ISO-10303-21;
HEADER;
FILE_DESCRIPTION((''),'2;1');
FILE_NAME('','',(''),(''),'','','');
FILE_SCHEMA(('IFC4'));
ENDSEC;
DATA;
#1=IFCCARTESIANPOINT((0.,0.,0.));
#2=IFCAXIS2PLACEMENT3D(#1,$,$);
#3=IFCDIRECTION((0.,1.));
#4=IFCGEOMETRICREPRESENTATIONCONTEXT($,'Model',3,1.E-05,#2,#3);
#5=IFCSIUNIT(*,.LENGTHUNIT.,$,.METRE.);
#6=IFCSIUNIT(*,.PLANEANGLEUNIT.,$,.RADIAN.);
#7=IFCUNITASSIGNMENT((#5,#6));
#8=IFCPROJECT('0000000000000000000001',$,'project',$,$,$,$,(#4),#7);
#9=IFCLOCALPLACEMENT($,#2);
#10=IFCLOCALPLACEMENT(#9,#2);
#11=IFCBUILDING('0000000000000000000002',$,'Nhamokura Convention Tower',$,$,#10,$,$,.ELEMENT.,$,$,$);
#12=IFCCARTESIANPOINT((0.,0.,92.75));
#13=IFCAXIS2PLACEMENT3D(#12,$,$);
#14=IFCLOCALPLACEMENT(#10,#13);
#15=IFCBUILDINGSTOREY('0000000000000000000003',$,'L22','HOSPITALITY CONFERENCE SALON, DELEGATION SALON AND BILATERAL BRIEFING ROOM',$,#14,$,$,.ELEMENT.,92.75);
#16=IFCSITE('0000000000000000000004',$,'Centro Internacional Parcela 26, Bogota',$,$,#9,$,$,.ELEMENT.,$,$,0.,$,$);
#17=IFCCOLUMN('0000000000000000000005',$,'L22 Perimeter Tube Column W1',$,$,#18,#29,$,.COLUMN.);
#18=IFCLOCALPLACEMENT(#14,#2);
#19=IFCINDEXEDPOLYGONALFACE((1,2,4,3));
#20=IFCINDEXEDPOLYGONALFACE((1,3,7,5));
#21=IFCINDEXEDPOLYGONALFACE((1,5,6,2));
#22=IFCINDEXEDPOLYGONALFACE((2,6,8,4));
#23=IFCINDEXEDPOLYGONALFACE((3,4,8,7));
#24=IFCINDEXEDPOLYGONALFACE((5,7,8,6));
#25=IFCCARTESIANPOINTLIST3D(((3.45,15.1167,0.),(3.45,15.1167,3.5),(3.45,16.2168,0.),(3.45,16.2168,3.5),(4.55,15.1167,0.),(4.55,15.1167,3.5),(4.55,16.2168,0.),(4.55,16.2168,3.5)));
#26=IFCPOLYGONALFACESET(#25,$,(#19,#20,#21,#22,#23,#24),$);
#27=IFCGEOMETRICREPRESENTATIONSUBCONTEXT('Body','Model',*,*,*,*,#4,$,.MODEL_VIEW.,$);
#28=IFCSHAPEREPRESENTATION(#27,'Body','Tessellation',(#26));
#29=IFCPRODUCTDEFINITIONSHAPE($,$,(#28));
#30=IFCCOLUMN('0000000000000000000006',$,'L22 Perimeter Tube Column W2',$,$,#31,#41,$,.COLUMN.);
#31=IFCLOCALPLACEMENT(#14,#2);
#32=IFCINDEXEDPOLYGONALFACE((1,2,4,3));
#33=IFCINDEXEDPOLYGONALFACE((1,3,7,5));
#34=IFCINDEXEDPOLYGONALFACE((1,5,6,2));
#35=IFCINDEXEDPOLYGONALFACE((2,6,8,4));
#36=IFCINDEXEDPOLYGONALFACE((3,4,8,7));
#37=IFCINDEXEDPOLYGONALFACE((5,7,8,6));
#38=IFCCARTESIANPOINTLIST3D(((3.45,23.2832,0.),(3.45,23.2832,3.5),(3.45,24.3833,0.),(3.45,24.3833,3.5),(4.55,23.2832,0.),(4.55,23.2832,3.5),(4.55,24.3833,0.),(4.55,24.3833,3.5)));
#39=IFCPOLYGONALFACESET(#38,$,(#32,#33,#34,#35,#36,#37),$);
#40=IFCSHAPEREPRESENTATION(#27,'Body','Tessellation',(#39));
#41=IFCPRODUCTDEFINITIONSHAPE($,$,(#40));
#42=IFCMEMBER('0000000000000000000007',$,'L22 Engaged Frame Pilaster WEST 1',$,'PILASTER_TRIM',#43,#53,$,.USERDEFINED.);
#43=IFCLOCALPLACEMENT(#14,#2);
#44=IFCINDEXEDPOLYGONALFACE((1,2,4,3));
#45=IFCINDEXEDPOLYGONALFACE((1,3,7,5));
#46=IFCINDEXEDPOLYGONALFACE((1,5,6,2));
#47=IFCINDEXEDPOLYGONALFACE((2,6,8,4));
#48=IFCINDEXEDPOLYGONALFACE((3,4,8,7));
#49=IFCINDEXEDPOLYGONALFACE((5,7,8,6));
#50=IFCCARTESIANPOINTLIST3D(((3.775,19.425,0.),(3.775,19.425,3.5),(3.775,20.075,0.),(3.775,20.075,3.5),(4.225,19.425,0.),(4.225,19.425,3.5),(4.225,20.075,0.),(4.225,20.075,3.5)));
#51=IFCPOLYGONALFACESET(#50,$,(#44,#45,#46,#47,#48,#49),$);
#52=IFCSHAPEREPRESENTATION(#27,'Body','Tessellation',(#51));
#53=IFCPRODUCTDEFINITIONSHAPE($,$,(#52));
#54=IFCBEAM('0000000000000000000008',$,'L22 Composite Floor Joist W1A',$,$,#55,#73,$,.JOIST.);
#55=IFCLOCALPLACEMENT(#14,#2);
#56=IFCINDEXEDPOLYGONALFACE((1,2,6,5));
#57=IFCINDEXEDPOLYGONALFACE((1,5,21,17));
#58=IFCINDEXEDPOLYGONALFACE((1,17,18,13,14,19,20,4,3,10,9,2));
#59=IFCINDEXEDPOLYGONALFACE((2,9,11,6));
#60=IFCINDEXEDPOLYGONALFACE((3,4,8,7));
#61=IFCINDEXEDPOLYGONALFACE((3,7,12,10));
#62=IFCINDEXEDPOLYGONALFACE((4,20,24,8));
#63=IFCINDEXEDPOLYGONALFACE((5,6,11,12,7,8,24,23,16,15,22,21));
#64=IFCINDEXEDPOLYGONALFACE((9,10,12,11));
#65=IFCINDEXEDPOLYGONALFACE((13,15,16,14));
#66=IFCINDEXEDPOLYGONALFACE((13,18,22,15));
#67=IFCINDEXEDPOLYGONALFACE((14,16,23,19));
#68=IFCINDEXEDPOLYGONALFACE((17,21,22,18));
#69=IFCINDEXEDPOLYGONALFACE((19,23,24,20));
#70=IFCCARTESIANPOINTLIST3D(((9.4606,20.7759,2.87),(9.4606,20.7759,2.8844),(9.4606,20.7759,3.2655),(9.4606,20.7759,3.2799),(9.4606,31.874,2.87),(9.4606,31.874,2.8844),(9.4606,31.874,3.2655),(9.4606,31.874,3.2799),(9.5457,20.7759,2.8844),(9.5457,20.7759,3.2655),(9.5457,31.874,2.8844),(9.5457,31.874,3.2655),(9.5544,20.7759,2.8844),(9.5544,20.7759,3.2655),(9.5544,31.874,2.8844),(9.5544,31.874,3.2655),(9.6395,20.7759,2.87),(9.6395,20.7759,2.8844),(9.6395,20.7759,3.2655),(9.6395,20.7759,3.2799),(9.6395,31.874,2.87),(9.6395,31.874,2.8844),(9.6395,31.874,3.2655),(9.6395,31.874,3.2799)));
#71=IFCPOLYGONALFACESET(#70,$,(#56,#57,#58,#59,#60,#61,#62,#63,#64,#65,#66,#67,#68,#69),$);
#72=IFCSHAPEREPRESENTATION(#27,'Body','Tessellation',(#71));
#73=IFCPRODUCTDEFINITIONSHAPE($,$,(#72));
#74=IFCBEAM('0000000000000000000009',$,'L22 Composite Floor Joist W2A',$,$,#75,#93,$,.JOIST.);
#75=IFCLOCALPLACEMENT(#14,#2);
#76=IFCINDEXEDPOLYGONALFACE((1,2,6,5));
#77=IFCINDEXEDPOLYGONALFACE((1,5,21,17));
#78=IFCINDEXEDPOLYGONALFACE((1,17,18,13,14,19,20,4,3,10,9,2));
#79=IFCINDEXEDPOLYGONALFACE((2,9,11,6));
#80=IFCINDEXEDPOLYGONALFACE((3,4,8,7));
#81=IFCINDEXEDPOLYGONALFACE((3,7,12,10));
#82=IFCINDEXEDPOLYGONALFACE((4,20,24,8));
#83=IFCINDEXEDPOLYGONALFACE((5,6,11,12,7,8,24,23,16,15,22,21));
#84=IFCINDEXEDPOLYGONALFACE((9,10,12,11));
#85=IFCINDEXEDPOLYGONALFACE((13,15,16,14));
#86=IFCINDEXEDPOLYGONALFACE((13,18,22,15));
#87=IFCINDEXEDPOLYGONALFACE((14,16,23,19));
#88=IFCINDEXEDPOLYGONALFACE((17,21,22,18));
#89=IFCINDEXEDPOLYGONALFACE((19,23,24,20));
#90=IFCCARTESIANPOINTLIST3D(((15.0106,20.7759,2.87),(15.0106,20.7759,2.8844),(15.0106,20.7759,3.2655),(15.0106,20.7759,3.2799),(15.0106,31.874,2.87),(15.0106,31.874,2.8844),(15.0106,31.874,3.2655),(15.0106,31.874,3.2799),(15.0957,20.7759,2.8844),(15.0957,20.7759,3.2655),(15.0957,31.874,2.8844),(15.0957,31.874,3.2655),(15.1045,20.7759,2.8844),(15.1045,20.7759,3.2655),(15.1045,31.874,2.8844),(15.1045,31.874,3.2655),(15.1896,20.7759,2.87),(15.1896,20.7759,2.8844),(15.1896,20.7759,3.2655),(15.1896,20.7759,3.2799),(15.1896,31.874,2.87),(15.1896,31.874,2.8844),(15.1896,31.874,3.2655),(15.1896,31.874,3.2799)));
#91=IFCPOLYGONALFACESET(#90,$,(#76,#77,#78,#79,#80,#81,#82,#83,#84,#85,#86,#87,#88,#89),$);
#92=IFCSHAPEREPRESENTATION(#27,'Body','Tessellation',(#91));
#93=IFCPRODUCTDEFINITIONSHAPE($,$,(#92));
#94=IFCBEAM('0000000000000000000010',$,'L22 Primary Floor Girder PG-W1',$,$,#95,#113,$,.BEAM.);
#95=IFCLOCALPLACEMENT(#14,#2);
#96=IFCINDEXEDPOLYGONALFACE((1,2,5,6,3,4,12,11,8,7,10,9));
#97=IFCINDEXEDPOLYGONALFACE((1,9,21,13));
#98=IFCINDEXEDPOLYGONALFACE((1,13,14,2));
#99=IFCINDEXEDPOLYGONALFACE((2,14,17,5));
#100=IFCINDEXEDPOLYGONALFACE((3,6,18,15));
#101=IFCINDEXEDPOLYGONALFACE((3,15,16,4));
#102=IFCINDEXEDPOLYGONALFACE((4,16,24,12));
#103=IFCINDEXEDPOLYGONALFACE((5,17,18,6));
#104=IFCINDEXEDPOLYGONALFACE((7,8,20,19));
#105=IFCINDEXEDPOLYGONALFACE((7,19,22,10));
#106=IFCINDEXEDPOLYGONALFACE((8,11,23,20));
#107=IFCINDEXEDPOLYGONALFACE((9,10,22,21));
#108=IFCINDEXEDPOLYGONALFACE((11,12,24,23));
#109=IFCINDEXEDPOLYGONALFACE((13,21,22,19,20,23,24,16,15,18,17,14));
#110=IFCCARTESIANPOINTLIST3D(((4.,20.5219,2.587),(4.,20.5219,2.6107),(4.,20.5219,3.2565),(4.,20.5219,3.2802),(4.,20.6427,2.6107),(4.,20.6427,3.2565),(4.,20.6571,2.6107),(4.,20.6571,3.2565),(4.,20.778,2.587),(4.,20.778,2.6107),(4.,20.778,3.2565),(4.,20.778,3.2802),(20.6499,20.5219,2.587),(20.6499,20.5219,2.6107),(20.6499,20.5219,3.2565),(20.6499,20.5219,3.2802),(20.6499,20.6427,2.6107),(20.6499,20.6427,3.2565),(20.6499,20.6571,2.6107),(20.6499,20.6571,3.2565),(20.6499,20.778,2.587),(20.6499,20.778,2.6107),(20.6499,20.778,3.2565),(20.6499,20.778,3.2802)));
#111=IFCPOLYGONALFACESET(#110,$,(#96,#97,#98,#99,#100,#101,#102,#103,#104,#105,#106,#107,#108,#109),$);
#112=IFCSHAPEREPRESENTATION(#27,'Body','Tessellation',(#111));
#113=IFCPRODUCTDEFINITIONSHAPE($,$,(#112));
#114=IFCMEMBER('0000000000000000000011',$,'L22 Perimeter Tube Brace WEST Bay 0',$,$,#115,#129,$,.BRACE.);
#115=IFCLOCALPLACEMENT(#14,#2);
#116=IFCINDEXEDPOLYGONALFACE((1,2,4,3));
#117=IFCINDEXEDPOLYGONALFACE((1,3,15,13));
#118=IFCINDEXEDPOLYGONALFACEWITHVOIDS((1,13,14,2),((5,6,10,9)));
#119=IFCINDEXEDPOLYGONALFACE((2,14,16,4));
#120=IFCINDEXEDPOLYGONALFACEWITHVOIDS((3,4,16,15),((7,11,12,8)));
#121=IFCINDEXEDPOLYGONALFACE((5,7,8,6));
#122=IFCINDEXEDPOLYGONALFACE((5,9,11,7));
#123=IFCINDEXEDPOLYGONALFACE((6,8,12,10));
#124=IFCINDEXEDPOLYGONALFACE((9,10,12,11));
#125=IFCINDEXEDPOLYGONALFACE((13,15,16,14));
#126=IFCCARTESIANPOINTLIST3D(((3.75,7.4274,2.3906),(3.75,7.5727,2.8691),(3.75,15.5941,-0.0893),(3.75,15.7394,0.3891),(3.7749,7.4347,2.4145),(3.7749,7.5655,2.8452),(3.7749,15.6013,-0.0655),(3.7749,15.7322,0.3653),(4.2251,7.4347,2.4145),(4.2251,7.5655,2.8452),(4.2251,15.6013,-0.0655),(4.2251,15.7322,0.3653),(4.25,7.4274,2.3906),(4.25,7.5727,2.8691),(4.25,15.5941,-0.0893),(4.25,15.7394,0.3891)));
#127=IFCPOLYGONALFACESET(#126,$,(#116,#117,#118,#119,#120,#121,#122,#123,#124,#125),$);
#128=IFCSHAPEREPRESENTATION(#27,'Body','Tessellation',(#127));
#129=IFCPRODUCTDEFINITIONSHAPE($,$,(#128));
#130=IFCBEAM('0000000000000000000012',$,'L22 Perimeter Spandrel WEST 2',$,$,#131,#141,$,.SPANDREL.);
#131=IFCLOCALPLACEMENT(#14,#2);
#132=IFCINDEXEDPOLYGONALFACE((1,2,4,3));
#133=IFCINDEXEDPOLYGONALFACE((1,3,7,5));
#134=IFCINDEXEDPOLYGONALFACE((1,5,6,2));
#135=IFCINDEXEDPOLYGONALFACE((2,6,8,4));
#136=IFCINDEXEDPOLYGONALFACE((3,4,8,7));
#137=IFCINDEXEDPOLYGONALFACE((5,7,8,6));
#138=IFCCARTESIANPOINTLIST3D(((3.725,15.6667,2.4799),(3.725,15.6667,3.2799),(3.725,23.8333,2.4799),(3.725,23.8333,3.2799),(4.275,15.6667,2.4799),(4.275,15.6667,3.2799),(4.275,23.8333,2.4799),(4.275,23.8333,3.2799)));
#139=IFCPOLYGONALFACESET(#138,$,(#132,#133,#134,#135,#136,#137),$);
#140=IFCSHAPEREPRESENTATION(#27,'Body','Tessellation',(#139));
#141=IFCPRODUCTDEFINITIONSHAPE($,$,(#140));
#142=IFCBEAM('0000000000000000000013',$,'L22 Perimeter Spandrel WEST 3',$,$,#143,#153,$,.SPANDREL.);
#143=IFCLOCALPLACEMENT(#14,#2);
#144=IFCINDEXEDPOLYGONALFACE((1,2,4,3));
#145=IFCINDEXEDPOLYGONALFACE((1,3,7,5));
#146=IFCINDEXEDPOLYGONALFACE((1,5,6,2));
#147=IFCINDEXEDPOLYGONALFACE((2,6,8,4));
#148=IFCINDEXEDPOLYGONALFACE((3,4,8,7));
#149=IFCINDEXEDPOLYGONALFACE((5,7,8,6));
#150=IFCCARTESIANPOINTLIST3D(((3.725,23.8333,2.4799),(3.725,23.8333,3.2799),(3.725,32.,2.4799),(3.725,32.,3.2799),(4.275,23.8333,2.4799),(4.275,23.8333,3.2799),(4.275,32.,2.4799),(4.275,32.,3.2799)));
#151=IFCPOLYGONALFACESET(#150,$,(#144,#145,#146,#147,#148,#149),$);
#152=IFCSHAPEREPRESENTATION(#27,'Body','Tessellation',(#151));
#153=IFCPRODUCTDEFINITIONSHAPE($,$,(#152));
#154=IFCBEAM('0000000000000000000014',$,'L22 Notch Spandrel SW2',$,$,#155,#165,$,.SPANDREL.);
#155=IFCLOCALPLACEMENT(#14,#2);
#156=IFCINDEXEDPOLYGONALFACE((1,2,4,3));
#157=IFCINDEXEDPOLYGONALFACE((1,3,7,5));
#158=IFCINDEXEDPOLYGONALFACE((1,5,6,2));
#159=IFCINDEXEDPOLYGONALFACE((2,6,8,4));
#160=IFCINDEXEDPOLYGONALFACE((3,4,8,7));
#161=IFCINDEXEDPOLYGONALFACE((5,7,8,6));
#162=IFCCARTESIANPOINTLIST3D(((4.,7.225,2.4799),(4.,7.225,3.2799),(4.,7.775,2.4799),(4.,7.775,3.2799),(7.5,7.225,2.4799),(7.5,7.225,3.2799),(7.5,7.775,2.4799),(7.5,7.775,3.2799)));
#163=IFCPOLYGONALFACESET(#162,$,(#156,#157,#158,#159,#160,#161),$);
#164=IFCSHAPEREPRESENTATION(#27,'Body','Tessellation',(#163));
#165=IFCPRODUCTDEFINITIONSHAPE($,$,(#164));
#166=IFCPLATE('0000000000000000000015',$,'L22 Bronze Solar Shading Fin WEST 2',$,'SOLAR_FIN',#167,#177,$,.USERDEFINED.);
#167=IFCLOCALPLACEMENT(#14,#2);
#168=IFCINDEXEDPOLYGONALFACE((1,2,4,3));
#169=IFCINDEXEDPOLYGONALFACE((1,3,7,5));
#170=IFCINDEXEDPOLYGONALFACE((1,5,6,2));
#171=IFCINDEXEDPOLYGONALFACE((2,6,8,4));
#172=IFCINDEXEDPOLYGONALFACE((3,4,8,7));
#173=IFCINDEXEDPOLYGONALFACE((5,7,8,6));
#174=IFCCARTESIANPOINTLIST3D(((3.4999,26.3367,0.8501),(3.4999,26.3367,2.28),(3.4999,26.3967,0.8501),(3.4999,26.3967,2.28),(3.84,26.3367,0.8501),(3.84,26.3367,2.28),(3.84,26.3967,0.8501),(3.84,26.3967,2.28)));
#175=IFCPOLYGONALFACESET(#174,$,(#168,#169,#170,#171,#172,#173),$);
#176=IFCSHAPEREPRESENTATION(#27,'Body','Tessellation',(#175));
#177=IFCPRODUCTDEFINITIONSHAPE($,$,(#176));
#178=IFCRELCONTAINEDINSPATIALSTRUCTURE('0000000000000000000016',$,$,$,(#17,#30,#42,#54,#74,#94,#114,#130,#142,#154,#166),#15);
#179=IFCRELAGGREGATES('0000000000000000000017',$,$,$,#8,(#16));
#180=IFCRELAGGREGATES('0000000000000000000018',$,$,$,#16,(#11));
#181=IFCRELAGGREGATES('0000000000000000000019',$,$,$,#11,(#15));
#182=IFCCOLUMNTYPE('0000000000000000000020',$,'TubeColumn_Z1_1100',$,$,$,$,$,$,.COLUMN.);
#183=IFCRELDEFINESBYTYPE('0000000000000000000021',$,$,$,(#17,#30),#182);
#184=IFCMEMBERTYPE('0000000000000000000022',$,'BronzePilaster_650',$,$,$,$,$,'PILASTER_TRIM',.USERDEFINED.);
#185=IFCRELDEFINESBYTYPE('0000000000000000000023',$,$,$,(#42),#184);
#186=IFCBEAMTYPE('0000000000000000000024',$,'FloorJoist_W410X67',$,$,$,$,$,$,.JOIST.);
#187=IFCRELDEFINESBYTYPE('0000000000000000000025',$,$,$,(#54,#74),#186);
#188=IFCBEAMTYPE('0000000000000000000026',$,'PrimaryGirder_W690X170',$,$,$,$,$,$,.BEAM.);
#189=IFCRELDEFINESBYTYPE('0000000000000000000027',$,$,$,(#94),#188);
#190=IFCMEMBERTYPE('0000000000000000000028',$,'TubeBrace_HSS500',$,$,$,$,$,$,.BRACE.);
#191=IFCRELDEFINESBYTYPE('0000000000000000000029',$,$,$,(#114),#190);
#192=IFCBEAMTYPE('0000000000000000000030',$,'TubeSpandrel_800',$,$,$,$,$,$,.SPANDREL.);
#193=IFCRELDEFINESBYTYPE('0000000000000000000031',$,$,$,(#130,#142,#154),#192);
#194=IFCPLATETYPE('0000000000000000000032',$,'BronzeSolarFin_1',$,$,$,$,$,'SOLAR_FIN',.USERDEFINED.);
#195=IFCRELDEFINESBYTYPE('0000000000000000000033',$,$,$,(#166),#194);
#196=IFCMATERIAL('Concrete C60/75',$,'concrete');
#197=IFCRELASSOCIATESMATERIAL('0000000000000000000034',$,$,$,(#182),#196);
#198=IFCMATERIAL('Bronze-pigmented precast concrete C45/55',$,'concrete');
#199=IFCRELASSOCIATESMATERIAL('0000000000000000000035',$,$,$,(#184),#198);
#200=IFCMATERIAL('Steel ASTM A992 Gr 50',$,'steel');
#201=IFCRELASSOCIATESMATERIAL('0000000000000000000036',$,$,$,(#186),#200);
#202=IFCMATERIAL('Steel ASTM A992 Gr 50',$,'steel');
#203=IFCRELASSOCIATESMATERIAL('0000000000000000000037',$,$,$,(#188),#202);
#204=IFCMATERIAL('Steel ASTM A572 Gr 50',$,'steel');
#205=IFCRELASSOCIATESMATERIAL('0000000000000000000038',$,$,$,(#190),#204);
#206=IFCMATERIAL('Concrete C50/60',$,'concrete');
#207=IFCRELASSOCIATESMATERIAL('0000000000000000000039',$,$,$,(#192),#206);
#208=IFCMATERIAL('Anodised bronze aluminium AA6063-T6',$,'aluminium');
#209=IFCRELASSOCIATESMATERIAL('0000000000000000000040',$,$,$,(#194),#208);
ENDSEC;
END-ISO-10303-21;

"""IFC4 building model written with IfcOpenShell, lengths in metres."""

from ifc_helpers import new_model, si_unit, direction, frame, origin, origin_2d, place, context, subcontext, project, spatial, rectangle, hollow_rectangle, i_section, extrude, material, material_profile, profile_set, type_object, element, save


model = new_model("IFC4")

# Units and contexts
model_context = context("Model", 3, precision=1e-05, world=origin(), true_north=direction((0.0, 1.0)))
body_context = subcontext(model_context, "Body", "Model", "MODEL_VIEW")
ifc_project = project(units=[si_unit("LENGTHUNIT", "METRE"), si_unit("PLANEANGLEUNIT", "RADIAN")], contexts=[model_context])

# Site, building, storey
site_placement = place(None, origin())
site = spatial("IfcSite", under=ifc_project, at=site_placement, Name="Centro Internacional Parcela 26, Bogota", CompositionType="ELEMENT", RefElevation=0.0)
building_placement = place(site_placement, origin())
building = spatial("IfcBuilding", under=site, at=building_placement, Name="Nhamokura Convention Tower", CompositionType="ELEMENT")
storey_placement = place(building_placement, frame((0.0, 0.0, 92.75)))
storey = spatial("IfcBuildingStorey", under=building, at=storey_placement, Name="L22", Description="HOSPITALITY CONFERENCE SALON, DELEGATION SALON AND BILATERAL BRIEFING ROOM", CompositionType="ELEMENT", Elevation=92.75)

# Columns
ifc_material_1 = material(Name="Concrete C60/75", Category="concrete")
ifc_material_profile_1 = material_profile(ifc_material_1, rectangle(XDim=1.1001, YDim=1.1001, at=origin_2d()))
ifc_profile_set_1 = profile_set([ifc_material_profile_1], Name="Concrete C60/75")
column_type = type_object("IfcColumnType", Name="TubeColumn_Z1_1100", PredefinedType="COLUMN", material=ifc_profile_set_1)
for number, where, z_axis, x_axis, name in (
    (1, (4.0, 15.6667, 0.0), (0.0, 0.0, 1.0), (1.0, 0.0, 0.0), "L22 Perimeter Tube Column W1"),
    (2, (4.0, 23.8333, 0.0), (0.0, 0.0, 1.0), (1.0, 0.0, 0.0), "L22 Perimeter Tube Column W2"),
):
    element("IfcColumn", number, at=place(storey_placement, frame(where, z_axis=z_axis, x_axis=x_axis)), inside=storey, type_object=column_type, Name=name, PredefinedType="COLUMN", context=body_context, shape_type="SweptSolid", body=[
        extrude(rectangle(XDim=1.1001, YDim=1.1001, at=origin_2d()), origin(), (0.0, 0.0, 1.0), 3.5),
    ])

# Member
ifc_material_2 = material(Name="Bronze-pigmented precast concrete C45/55", Category="concrete")
ifc_material_profile_2 = material_profile(ifc_material_2, rectangle(XDim=0.45, YDim=0.6499, at=origin_2d()))
ifc_profile_set_2 = profile_set([ifc_material_profile_2], Name="Bronze-pigmented precast concrete C45/55")
member_type_1 = type_object("IfcMemberType", Name="BronzePilaster_650", ElementType="PILASTER_TRIM", PredefinedType="USERDEFINED", material=ifc_profile_set_2)
member_1_placement = place(storey_placement, frame((4.0, 19.75, 0.0), z_axis=(0.0, 0.0, 1.0), x_axis=(1.0, 0.0, 0.0)))
element("IfcMember", 3, at=member_1_placement, inside=storey, type_object=member_type_1, Name="L22 Engaged Frame Pilaster WEST 1", ObjectType="PILASTER_TRIM", PredefinedType="USERDEFINED", context=body_context, shape_type="SweptSolid", body=[
    extrude(rectangle(XDim=0.45, YDim=0.6499, at=origin_2d()), origin(), (0.0, 0.0, 1.0), 3.5),
])

# Beams
ifc_material_3 = material(Name="Steel ASTM A992 Gr 50", Category="steel")
ifc_material_profile_3 = material_profile(ifc_material_3, i_section(OverallWidth=0.179, OverallDepth=0.4099, WebThickness=0.0088, FlangeThickness=0.0144, at=origin_2d()))
ifc_profile_set_3 = profile_set([ifc_material_profile_3], Name="Steel ASTM A992 Gr 50")
beam_type_1 = type_object("IfcBeamType", Name="FloorJoist_W410X67", PredefinedType="JOIST", material=ifc_profile_set_3)
for number, where, z_axis, x_axis, name in (
    (4, (9.55, 20.7759, 3.075), (0.0, 1.0, 0.0), (-1.0, 0.0, 0.0), "L22 Composite Floor Joist W1A"),
    (5, (15.1001, 20.7759, 3.075), (0.0, 1.0, 0.0), (-1.0, 0.0, 0.0), "L22 Composite Floor Joist W2A"),
):
    element("IfcBeam", number, at=place(storey_placement, frame(where, z_axis=z_axis, x_axis=x_axis)), inside=storey, type_object=beam_type_1, Name=name, PredefinedType="JOIST", context=body_context, shape_type="SweptSolid", body=[
        extrude(i_section(OverallWidth=0.179, OverallDepth=0.4099, WebThickness=0.0088, FlangeThickness=0.0144, at=origin_2d()), origin(), (0.0, 0.0, 1.0), 11.0981),
    ])
ifc_material_4 = material(Name="Steel ASTM A992 Gr 50", Category="steel")
ifc_material_profile_4 = material_profile(ifc_material_4, i_section(OverallWidth=0.2561, OverallDepth=0.6931, WebThickness=0.0144, FlangeThickness=0.0237, at=origin_2d()))
ifc_profile_set_4 = profile_set([ifc_material_profile_4], Name="Steel ASTM A992 Gr 50")
beam_type_2 = type_object("IfcBeamType", Name="PrimaryGirder_W690X170", PredefinedType="BEAM", material=ifc_profile_set_4)
beam_1_placement = place(storey_placement, frame((4.0, 20.6499, 2.9336), z_axis=(1.0, 0.0, 0.0), x_axis=(0.0, 1.0, 0.0)))
element("IfcBeam", 6, at=beam_1_placement, inside=storey, type_object=beam_type_2, Name="L22 Primary Floor Girder PG-W1", PredefinedType="BEAM", context=body_context, shape_type="SweptSolid", body=[
    extrude(i_section(OverallWidth=0.2561, OverallDepth=0.6931, WebThickness=0.0144, FlangeThickness=0.0237, at=origin_2d()), origin(), (0.0, 0.0, 1.0), 16.6499),
])

# Member
ifc_material_5 = material(Name="Steel ASTM A572 Gr 50", Category="steel")
ifc_material_profile_5 = material_profile(ifc_material_5, hollow_rectangle(XDim=0.5, YDim=0.5, WallThickness=0.0249, at=origin_2d()))
ifc_profile_set_5 = profile_set([ifc_material_profile_5], Name="Steel ASTM A572 Gr 50")
member_type_2 = type_object("IfcMemberType", Name="TubeBrace_HSS500", PredefinedType="BRACE", material=ifc_profile_set_5)
member_2_placement = place(storey_placement, frame((4.0, 15.6667, 0.1499), z_axis=(0.0, -0.956855, 0.290566), x_axis=(1.0, 0.0, 0.0)))
element("IfcMember", 7, at=member_2_placement, inside=storey, type_object=member_type_2, Name="L22 Perimeter Tube Brace WEST Bay 0", PredefinedType="BRACE", context=body_context, shape_type="SweptSolid", body=[
    extrude(hollow_rectangle(XDim=0.5, YDim=0.5, WallThickness=0.0249, at=origin_2d()), origin(), (0.0, 0.0, 1.0), 8.5349),
])

# Beams
ifc_material_6 = material(Name="Concrete C50/60", Category="concrete")
ifc_material_profile_6 = material_profile(ifc_material_6, rectangle(XDim=0.55, YDim=0.8, at=origin_2d()))
ifc_profile_set_6 = profile_set([ifc_material_profile_6], Name="Concrete C50/60")
beam_type_3 = type_object("IfcBeamType", Name="TubeSpandrel_800", PredefinedType="SPANDREL", material=ifc_profile_set_6)
beam_2_placement = place(storey_placement, frame((4.0, 15.6667, 2.8799), z_axis=(0.0, 1.0, 0.0), x_axis=(-1.0, 0.0, 0.0)))
element("IfcBeam", 8, at=beam_2_placement, inside=storey, type_object=beam_type_3, Name="L22 Perimeter Spandrel WEST 2", PredefinedType="SPANDREL", context=body_context, shape_type="SweptSolid", body=[
    extrude(rectangle(XDim=0.55, YDim=0.8, at=origin_2d()), origin(), (0.0, 0.0, 1.0), 8.1665),
])
beam_3_placement = place(storey_placement, frame((4.0, 23.8333, 2.8799), z_axis=(0.0, 1.0, 0.0), x_axis=(-1.0, 0.0, 0.0)))
element("IfcBeam", 9, at=beam_3_placement, inside=storey, type_object=beam_type_3, Name="L22 Perimeter Spandrel WEST 3", PredefinedType="SPANDREL", context=body_context, shape_type="SweptSolid", body=[
    extrude(rectangle(XDim=0.55, YDim=0.8, at=origin_2d()), origin(), (0.0, 0.0, 1.0), 8.1667),
])
beam_4_placement = place(storey_placement, frame((7.5, 7.5, 2.8799), z_axis=(-1.0, 0.0, 0.0), x_axis=(0.0, -1.0, 0.0)))
element("IfcBeam", 10, at=beam_4_placement, inside=storey, type_object=beam_type_3, Name="L22 Notch Spandrel SW2", PredefinedType="SPANDREL", context=body_context, shape_type="SweptSolid", body=[
    extrude(rectangle(XDim=0.55, YDim=0.8, at=origin_2d()), origin(), (0.0, 0.0, 1.0), 3.5),
])

# Plate
ifc_material_7 = material(Name="Anodised bronze aluminium AA6063-T6", Category="aluminium")
plate_type = type_object("IfcPlateType", Name="BronzeSolarFin_1", ElementType="SOLAR_FIN", PredefinedType="USERDEFINED", material=ifc_material_7)
plate_placement = place(storey_placement, frame((3.6699, 26.3667, 0.8501), z_axis=(0.0, 0.0, 1.0), x_axis=(1.0, 0.0, 0.0)))
element("IfcPlate", 11, at=plate_placement, inside=storey, type_object=plate_type, Name="L22 Bronze Solar Shading Fin WEST 2", ObjectType="SOLAR_FIN", PredefinedType="USERDEFINED", context=body_context, shape_type="SweptSolid", body=[
    extrude(rectangle(XDim=0.3401, YDim=0.0601, at=origin_2d()), origin(), (0.0, 0.0, 1.0), 1.4299),
])

save(model, "model.ifc")
